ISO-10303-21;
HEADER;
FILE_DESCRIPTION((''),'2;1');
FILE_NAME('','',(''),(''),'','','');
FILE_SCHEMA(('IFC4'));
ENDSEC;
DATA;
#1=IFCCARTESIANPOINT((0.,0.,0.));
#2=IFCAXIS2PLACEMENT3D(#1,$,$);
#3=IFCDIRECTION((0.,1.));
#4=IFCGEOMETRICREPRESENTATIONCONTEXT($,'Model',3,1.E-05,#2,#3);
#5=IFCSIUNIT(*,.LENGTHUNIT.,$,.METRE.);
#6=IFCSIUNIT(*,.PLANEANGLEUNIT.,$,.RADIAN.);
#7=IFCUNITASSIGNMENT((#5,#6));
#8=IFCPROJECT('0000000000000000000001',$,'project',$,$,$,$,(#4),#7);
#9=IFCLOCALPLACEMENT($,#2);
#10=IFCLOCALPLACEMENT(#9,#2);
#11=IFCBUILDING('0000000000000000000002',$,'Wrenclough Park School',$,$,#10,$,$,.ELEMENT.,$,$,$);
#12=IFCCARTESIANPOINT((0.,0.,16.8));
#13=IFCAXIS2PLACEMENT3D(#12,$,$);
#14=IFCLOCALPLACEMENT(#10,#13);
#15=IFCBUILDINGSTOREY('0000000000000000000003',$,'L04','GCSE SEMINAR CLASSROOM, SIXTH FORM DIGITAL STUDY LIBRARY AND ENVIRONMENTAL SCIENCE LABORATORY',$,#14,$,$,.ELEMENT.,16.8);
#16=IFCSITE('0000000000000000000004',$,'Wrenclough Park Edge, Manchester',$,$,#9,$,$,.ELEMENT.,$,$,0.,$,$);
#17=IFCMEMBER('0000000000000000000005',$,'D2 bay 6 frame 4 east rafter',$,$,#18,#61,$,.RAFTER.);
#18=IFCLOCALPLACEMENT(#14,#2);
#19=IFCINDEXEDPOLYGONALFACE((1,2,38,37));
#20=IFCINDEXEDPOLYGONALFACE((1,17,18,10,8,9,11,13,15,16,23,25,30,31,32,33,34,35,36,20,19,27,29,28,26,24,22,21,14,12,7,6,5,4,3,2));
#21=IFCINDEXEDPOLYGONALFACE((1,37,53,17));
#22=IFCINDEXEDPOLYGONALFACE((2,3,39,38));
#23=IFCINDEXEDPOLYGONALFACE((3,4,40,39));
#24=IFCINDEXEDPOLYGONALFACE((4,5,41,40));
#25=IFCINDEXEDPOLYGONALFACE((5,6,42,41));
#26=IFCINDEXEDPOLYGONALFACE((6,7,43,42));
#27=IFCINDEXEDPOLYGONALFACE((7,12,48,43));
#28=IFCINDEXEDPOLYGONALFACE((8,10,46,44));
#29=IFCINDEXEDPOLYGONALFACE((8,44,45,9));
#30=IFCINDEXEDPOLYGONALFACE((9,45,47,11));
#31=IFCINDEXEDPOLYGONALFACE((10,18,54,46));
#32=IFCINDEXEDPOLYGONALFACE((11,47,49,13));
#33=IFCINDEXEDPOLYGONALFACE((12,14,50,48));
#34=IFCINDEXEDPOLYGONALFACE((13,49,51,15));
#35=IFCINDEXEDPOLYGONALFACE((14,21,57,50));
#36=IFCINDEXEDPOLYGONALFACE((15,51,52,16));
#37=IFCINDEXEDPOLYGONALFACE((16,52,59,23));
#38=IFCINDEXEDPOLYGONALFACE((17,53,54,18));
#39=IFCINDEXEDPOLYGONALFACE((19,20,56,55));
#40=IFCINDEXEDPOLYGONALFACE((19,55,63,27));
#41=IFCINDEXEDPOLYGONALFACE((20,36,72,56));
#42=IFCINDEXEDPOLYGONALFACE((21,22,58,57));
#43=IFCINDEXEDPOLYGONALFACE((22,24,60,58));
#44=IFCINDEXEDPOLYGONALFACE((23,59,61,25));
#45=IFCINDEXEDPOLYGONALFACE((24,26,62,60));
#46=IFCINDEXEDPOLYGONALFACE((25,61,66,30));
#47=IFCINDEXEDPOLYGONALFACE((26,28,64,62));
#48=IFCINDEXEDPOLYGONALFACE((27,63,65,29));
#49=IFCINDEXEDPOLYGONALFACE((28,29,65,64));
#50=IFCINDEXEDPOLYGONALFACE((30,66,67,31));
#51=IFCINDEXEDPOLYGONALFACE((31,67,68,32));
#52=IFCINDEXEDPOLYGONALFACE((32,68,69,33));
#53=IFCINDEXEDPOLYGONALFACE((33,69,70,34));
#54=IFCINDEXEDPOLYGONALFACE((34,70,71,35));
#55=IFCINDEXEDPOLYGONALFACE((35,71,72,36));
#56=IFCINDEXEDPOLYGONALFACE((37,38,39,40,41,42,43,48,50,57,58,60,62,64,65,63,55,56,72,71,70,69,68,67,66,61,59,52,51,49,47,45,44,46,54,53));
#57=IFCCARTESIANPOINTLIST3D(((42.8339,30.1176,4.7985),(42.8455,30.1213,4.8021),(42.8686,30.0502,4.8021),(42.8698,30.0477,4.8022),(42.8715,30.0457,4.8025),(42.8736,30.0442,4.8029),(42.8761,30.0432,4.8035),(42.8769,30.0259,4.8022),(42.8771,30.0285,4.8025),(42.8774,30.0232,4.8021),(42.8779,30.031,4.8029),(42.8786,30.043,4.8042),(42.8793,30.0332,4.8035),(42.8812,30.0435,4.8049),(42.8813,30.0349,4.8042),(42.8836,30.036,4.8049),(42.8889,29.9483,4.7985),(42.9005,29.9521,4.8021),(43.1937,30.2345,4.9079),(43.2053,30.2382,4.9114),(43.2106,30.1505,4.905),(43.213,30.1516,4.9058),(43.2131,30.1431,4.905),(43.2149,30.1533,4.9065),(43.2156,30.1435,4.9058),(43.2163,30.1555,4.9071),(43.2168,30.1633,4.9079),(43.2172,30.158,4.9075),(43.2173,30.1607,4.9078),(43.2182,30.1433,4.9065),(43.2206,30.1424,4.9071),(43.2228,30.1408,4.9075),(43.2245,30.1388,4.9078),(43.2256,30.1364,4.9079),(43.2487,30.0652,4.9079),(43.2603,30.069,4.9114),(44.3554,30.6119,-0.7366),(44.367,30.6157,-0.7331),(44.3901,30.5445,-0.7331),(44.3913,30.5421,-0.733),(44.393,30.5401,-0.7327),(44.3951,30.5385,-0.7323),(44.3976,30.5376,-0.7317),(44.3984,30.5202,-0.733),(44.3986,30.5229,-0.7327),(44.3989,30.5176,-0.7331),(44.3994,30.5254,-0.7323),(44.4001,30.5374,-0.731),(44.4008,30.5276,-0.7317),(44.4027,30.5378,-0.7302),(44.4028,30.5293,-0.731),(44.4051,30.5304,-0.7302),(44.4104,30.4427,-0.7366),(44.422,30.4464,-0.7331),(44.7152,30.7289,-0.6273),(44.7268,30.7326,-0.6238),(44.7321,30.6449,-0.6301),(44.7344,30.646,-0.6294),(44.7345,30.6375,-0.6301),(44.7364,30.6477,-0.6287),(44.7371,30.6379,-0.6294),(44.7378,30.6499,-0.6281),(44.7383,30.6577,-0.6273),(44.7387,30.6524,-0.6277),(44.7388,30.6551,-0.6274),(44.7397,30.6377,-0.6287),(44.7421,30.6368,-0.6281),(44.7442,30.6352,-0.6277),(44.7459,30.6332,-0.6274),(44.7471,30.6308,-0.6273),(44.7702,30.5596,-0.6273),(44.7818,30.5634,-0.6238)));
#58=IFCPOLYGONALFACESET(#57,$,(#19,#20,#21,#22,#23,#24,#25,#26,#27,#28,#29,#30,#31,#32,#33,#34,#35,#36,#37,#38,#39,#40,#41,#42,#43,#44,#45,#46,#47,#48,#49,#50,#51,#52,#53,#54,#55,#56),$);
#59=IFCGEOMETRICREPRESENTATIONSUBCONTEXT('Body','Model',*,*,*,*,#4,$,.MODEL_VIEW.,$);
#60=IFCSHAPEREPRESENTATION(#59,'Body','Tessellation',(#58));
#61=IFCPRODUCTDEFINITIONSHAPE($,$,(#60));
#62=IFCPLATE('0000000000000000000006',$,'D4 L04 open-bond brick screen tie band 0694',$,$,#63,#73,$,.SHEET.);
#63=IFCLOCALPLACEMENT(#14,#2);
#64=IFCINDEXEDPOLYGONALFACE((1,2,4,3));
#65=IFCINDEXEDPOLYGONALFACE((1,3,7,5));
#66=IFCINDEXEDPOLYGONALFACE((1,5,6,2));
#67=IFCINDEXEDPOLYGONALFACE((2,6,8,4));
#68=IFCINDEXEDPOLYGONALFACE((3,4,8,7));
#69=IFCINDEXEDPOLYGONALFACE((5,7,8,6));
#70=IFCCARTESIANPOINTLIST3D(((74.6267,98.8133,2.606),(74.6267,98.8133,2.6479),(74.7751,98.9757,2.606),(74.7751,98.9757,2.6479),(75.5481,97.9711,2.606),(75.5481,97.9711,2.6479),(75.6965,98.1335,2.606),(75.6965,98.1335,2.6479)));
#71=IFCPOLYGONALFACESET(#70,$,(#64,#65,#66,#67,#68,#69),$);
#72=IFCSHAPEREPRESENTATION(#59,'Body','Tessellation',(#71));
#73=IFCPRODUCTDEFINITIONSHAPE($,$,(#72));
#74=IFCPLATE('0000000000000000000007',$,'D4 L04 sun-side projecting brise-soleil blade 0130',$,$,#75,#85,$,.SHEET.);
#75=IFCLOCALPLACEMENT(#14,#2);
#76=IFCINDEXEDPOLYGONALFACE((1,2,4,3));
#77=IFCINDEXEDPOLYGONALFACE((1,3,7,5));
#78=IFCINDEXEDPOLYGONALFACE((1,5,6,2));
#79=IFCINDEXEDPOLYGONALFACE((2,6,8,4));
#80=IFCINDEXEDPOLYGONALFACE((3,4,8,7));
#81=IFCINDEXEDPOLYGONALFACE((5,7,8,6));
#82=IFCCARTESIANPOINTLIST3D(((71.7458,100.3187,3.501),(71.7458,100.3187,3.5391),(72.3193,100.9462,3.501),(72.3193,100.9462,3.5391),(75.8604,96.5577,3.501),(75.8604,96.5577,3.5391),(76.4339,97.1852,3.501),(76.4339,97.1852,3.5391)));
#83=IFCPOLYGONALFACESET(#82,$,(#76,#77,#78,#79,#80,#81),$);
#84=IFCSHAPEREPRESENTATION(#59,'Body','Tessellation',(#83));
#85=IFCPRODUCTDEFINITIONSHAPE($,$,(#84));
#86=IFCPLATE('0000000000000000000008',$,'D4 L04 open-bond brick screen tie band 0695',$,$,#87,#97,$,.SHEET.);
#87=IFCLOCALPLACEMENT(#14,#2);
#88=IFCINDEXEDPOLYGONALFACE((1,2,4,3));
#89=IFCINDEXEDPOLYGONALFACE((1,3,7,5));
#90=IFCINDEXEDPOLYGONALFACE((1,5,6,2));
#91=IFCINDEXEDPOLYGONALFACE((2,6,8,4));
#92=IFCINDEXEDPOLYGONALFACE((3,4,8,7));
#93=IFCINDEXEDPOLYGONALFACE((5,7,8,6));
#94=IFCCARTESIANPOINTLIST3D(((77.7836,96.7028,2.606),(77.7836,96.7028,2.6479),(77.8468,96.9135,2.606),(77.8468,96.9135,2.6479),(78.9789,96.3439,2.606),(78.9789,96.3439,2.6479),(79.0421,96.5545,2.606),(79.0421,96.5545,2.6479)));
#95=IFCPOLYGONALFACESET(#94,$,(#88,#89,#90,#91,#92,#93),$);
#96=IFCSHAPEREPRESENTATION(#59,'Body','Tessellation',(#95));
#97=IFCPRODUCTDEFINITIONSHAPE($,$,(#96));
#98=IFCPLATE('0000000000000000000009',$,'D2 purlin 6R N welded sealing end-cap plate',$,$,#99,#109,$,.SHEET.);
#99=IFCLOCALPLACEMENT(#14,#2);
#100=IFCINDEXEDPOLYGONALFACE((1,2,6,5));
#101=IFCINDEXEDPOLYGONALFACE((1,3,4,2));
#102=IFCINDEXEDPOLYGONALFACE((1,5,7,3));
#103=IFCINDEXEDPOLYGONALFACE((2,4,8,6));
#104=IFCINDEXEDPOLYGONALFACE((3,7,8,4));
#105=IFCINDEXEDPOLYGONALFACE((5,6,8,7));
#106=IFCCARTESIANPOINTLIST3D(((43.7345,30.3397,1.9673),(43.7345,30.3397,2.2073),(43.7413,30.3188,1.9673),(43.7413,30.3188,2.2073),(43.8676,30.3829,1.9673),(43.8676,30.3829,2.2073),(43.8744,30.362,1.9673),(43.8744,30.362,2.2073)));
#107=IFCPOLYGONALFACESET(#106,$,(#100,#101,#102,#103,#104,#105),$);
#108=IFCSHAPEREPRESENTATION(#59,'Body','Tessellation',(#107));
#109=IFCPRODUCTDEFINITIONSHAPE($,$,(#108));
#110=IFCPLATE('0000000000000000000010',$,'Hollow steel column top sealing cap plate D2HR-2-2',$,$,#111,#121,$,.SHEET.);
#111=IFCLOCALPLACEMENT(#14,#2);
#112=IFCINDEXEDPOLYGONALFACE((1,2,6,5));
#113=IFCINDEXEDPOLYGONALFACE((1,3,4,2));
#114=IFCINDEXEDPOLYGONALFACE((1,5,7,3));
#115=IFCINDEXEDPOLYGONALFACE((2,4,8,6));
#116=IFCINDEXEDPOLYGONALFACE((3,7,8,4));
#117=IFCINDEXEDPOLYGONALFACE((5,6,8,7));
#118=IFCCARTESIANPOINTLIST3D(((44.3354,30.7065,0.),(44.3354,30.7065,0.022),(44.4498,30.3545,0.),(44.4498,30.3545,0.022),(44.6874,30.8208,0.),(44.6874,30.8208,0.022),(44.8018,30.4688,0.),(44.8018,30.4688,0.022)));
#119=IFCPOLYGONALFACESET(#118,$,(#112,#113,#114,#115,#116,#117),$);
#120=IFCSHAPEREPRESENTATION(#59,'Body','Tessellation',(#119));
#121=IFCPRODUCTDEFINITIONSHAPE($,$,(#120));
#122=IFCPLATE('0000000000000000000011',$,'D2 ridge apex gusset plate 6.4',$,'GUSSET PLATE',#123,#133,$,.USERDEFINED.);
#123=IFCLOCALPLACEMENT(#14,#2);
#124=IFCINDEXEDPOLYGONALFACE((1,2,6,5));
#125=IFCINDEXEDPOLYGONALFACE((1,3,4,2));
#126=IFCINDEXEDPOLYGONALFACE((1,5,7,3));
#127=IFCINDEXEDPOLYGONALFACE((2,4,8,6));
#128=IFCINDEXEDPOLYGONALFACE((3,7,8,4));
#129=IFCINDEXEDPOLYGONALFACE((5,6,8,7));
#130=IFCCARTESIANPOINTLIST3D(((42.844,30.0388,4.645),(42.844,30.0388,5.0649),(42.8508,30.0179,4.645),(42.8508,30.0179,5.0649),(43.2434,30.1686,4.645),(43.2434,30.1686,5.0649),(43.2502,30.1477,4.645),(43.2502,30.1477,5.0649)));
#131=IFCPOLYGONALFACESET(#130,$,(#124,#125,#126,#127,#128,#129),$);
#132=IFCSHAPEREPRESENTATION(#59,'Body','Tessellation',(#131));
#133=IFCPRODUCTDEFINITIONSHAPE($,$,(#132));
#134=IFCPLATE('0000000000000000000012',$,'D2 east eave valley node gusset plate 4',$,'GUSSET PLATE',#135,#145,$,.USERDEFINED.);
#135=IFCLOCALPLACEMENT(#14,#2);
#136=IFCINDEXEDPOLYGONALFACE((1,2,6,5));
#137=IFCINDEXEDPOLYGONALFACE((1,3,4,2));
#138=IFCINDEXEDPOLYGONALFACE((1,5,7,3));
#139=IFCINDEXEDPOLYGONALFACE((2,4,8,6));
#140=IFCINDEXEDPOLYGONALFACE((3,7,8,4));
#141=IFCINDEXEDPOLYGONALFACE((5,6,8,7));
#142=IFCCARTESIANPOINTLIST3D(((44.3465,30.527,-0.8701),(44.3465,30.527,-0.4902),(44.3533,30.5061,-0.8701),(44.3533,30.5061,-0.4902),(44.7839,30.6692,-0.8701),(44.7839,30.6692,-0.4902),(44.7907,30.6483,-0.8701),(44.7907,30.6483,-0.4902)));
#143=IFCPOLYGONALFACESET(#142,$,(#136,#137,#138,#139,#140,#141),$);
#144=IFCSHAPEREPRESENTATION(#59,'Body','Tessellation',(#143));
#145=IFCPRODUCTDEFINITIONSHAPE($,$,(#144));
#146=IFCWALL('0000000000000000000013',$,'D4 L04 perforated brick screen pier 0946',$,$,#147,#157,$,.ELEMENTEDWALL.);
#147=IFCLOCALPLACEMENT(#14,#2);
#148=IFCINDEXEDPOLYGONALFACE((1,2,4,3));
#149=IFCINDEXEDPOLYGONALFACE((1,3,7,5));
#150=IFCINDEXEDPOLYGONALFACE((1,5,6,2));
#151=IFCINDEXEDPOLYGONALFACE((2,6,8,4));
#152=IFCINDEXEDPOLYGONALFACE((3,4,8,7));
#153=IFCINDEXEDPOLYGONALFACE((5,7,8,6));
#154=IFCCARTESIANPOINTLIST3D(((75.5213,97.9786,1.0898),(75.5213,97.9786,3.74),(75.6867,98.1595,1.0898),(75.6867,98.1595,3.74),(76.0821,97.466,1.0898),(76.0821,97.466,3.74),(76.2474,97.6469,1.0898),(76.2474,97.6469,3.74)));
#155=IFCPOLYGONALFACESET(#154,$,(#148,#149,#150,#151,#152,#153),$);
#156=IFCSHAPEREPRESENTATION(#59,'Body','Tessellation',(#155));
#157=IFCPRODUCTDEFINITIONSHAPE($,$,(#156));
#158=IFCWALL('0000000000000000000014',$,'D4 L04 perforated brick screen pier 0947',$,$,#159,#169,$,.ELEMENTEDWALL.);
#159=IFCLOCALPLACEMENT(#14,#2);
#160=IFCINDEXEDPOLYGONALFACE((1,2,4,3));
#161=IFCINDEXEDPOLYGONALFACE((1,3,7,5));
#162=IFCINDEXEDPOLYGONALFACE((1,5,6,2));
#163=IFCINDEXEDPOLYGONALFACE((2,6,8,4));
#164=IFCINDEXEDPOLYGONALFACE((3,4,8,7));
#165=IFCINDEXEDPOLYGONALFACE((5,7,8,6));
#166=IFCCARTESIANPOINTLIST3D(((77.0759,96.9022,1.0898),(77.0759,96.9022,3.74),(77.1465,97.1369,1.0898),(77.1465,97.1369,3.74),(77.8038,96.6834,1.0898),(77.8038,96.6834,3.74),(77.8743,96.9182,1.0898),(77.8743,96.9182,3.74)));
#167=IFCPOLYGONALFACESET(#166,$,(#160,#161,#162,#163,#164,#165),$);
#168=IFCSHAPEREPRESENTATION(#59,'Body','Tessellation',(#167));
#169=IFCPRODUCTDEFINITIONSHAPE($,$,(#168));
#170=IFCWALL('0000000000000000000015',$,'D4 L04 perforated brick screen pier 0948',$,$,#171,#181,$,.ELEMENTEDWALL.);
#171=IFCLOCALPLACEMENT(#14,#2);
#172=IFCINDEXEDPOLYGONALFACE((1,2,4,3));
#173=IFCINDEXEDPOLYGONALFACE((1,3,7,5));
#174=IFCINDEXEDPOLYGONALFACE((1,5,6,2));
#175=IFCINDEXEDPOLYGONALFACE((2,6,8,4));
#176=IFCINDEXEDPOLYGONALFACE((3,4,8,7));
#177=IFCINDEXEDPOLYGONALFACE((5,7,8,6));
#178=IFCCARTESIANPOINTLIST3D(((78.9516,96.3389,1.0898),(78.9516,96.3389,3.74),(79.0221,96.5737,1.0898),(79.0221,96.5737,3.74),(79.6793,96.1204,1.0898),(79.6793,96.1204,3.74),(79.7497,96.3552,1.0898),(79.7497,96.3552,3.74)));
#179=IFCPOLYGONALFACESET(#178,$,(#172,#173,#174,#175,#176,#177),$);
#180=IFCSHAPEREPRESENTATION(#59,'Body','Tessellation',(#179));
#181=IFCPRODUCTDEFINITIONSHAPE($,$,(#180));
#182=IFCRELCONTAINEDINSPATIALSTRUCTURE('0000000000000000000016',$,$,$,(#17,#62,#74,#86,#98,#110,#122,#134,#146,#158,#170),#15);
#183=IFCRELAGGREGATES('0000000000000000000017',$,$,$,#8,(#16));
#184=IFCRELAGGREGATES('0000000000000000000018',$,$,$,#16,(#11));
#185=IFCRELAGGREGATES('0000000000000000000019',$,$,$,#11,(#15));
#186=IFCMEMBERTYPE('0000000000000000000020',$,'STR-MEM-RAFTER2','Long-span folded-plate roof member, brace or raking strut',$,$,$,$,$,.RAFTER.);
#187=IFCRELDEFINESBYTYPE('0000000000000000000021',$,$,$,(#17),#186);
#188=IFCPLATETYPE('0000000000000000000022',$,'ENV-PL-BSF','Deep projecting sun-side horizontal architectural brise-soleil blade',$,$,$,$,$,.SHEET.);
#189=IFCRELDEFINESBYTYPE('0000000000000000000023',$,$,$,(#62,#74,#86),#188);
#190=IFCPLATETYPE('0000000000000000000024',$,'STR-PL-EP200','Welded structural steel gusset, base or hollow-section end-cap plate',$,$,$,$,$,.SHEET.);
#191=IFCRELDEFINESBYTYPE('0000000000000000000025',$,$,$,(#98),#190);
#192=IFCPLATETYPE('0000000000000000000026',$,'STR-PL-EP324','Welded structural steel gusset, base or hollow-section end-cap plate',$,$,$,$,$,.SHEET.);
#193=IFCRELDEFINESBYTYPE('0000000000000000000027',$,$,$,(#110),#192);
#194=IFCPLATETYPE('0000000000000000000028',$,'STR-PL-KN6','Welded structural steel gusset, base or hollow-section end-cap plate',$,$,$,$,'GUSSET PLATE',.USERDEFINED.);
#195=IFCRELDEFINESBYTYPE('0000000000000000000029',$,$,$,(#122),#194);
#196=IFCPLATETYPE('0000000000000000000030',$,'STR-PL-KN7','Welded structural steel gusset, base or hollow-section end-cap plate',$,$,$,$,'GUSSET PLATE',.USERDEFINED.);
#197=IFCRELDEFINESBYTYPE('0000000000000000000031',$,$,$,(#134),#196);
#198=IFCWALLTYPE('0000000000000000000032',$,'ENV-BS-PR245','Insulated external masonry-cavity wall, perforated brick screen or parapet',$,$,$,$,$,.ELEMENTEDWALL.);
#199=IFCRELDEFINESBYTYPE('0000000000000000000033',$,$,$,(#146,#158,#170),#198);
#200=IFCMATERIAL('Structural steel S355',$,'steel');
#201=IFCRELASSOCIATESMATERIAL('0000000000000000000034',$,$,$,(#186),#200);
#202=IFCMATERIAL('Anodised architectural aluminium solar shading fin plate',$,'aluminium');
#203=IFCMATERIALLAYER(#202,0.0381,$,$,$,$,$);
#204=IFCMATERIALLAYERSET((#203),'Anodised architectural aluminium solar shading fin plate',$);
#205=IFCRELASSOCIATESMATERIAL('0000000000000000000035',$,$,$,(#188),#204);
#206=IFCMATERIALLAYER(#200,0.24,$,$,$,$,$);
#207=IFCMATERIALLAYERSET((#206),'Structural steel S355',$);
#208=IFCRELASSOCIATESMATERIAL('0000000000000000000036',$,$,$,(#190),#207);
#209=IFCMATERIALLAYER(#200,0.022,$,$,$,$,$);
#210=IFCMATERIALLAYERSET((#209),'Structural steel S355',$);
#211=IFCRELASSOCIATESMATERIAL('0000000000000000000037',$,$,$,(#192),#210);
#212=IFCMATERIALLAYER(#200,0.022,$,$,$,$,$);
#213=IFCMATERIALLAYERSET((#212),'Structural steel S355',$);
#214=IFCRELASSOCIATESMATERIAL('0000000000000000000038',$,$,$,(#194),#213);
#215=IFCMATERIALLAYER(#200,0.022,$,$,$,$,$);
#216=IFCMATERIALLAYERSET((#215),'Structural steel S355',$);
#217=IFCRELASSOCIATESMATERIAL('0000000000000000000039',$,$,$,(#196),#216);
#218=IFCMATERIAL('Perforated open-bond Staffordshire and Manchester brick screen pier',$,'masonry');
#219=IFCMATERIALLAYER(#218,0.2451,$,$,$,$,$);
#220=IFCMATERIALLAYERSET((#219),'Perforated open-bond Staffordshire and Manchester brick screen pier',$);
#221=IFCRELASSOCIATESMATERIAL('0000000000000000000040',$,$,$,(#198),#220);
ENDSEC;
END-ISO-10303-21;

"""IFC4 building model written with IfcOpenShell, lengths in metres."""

from ifc_helpers import new_model, si_unit, direction, frame, frame_2d, origin, origin_2d, place, context, subcontext, project, spatial, rectangle, i_section, extrude, material, layer, layer_set, material_profile, profile_set, type_object, element, save


model = new_model("IFC4")

# Units and contexts
model_context = context("Model", 3, precision=1e-05, world=origin(), true_north=direction((0.0, 1.0)))
body_context = subcontext(model_context, "Body", "Model", "MODEL_VIEW")
ifc_project = project(units=[si_unit("LENGTHUNIT", "METRE"), si_unit("PLANEANGLEUNIT", "RADIAN")], contexts=[model_context])

# Site, building, storey
site_placement = place(None, origin())
site = spatial("IfcSite", under=ifc_project, at=site_placement, Name="Wrenclough Park Edge, Manchester", CompositionType="ELEMENT", RefElevation=0.0)
building_placement = place(site_placement, origin())
building = spatial("IfcBuilding", under=site, at=building_placement, Name="Wrenclough Park School", CompositionType="ELEMENT")
storey_placement = place(building_placement, frame((0.0, 0.0, 16.8)))
storey = spatial("IfcBuildingStorey", under=building, at=storey_placement, Name="L04", Description="GCSE SEMINAR CLASSROOM, SIXTH FORM DIGITAL STUDY LIBRARY AND ENVIRONMENTAL SCIENCE LABORATORY", CompositionType="ELEMENT", Elevation=16.8)

# Shared definitions
ifc_material_1 = material(Name="Structural steel S355", Category="steel")

# Member
ifc_material_profile_1 = material_profile(ifc_material_1, i_section(OverallWidth=0.178, OverallDepth=0.4065, WebThickness=0.0078, FlangeThickness=0.0127, FilletRadius=0.0103, at=origin_2d()), Name="UKB 406x178x60")
ifc_profile_set_1 = profile_set([ifc_material_profile_1], Name="Structural steel S355")
member_type_1 = type_object("IfcMemberType", Name="STR-MEM-RAFTER2", Description="Long-span folded-plate roof member, brace or raking strut", PredefinedType="RAFTER", material=ifc_profile_set_1)
member_1_placement = place(storey_placement, frame((43.0471, 30.0933, 4.855), z_axis=(0.264068, 0.085805, -0.96068), x_axis=(-0.309031, 0.951052, 0.0)))
element("IfcMember", 1, at=member_1_placement, inside=storey, type_object=member_type_1, Name="D2 bay 6 frame 4 east rafter", PredefinedType="RAFTER", context=body_context, shape_type="SweptSolid", body=[
    extrude(i_section(OverallWidth=0.178, OverallDepth=0.4065, WebThickness=0.0078, FlangeThickness=0.0127, FilletRadius=0.0103, at=origin_2d()), origin(), (0.0, 0.0, 1.0), 5.7617),
])

# Plates
ifc_material_2 = material(Name="Anodised architectural aluminium solar shading fin plate", Category="aluminium")
ifc_layer_1 = layer(ifc_material_2, 0.0381)
ifc_layer_set_1 = layer_set([ifc_layer_1], Name="Anodised architectural aluminium solar shading fin plate")
plate_type_1 = type_object("IfcPlateType", Name="ENV-PL-BSF", Description="Deep projecting sun-side horizontal architectural brise-soleil blade", PredefinedType="SHEET", material=ifc_layer_set_1)
plate_1_placement = place(storey_placement, frame((75.1616, 98.4734, 2.606), z_axis=(0.0, 0.0, 1.0), x_axis=(0.738116, -0.674673, 0.0)))
element("IfcPlate", 2, at=plate_1_placement, inside=storey, type_object=plate_type_1, Name="D4 L04 open-bond brick screen tie band 0694", PredefinedType="SHEET", context=body_context, shape_type="SweptSolid", body=[
    extrude(rectangle(XDim=1.2483, YDim=0.22, at=origin_2d()), origin(), (0.0, 0.0, 1.0), 0.042),
])
plate_2_placement = place(storey_placement, frame((74.0898, 98.752, 3.501), z_axis=(0.0, 0.0, 1.0), x_axis=(0.738116, -0.674673, 0.0)))
element("IfcPlate", 3, at=plate_2_placement, inside=storey, type_object=plate_type_1, Name="D4 L04 sun-side projecting brise-soleil blade 0130", PredefinedType="SHEET", context=body_context, shape_type="SweptSolid", body=[
    extrude(rectangle(XDim=5.5745, YDim=0.8501, at=origin_2d()), origin(), (0.0, 0.0, 1.0), 0.0381),
])
plate_3_placement = place(storey_placement, frame((78.4128, 96.6287, 2.606), z_axis=(0.0, 0.0, 1.0), x_axis=(0.957751, -0.287599, 0.0)))
element("IfcPlate", 4, at=plate_3_placement, inside=storey, type_object=plate_type_1, Name="D4 L04 open-bond brick screen tie band 0695", PredefinedType="SHEET", context=body_context, shape_type="SweptSolid", body=[
    extrude(rectangle(XDim=1.248, YDim=0.22, at=origin_2d()), origin(), (0.0, 0.0, 1.0), 0.042),
])
ifc_layer_2 = layer(ifc_material_1, 0.24)
ifc_layer_set_2 = layer_set([ifc_layer_2], Name="Structural steel S355")
plate_type_2 = type_object("IfcPlateType", Name="STR-PL-EP200", Description="Welded structural steel gusset, base or hollow-section end-cap plate", PredefinedType="SHEET", material=ifc_layer_set_2)
plate_4_placement = place(storey_placement, frame((43.8044, 30.3508, 1.9673), z_axis=(0.0, 0.0, 1.0), x_axis=(-0.309017, 0.951057, 0.0)))
element("IfcPlate", 5, at=plate_4_placement, inside=storey, type_object=plate_type_2, Name="D2 purlin 6R N welded sealing end-cap plate", PredefinedType="SHEET", context=body_context, shape_type="SweptSolid", body=[
    extrude(rectangle(XDim=0.022, YDim=0.1399, at=origin_2d()), origin(), (0.0, 0.0, 1.0), 0.24),
])
ifc_layer_3 = layer(ifc_material_1, 0.022)
ifc_layer_set_3 = layer_set([ifc_layer_3], Name="Structural steel S355")
plate_type_3 = type_object("IfcPlateType", Name="STR-PL-EP324", Description="Welded structural steel gusset, base or hollow-section end-cap plate", PredefinedType="SHEET", material=ifc_layer_set_3)
plate_5_placement = place(storey_placement, frame((44.5686, 30.5876, 0.0), z_axis=(0.0, 0.0, 1.0), x_axis=(0.951057, 0.309017, 0.0)))
element("IfcPlate", 6, at=plate_5_placement, inside=storey, type_object=plate_type_3, Name="Hollow steel column top sealing cap plate D2HR-2-2", PredefinedType="SHEET", context=body_context, shape_type="SweptSolid", body=[
    extrude(rectangle(XDim=0.3701, YDim=0.3701, at=origin_2d()), origin(), (0.0, 0.0, 1.0), 0.022),
])
ifc_layer_4 = layer(ifc_material_1, 0.022)
ifc_layer_set_4 = layer_set([ifc_layer_4], Name="Structural steel S355")
plate_type_4 = type_object("IfcPlateType", Name="STR-PL-KN6", Description="Welded structural steel gusset, base or hollow-section end-cap plate", ElementType="GUSSET PLATE", PredefinedType="USERDEFINED", material=ifc_layer_set_4)
plate_6_placement = place(storey_placement, frame((43.0471, 30.0933, 4.645), z_axis=(0.0, 0.0, 1.0), x_axis=(0.951057, 0.309017, 0.0)))
element("IfcPlate", 7, at=plate_6_placement, inside=storey, type_object=plate_type_4, Name="D2 ridge apex gusset plate 6.4", ObjectType="GUSSET PLATE", PredefinedType="USERDEFINED", context=body_context, shape_type="SweptSolid", body=[
    extrude(rectangle(XDim=0.4199, YDim=0.022, at=origin_2d()), origin(), (0.0, 0.0, 1.0), 0.4199),
])
ifc_layer_5 = layer(ifc_material_1, 0.022)
ifc_layer_set_5 = layer_set([ifc_layer_5], Name="Structural steel S355")
plate_type_5 = type_object("IfcPlateType", Name="STR-PL-KN7", Description="Welded structural steel gusset, base or hollow-section end-cap plate", ElementType="GUSSET PLATE", PredefinedType="USERDEFINED", material=ifc_layer_set_5)
plate_7_placement = place(storey_placement, frame((44.5686, 30.5876, -0.8701), z_axis=(0.0, 0.0, 1.0), x_axis=(0.951057, 0.309017, 0.0)))
element("IfcPlate", 8, at=plate_7_placement, inside=storey, type_object=plate_type_5, Name="D2 east eave valley node gusset plate 4", ObjectType="GUSSET PLATE", PredefinedType="USERDEFINED", context=body_context, shape_type="SweptSolid", body=[
    extrude(rectangle(XDim=0.46, YDim=0.022, at=origin_2d()), origin(), (0.0, 0.0, 1.0), 0.3799),
])

# Walls
ifc_material_3 = material(Name="Perforated open-bond Staffordshire and Manchester brick screen pier", Category="masonry")
ifc_layer_6 = layer(ifc_material_3, 0.2451)
ifc_layer_set_6 = layer_set([ifc_layer_6], Name="Perforated open-bond Staffordshire and Manchester brick screen pier")
wall_type_1 = type_object("IfcWallType", Name="ENV-BS-PR245", Description="Insulated external masonry-cavity wall, perforated brick screen or parapet", PredefinedType="ELEMENTEDWALL", material=ifc_layer_set_6)
wall_1_placement = place(storey_placement, frame((75.604, 98.0691, 1.0898), z_axis=(0.0, 0.0, 1.0), x_axis=(0.738047, -0.674749, 0.0)))
element("IfcWall", 9, at=wall_1_placement, inside=storey, type_object=wall_type_1, Name="D4 L04 perforated brick screen pier 0946", PredefinedType="ELEMENTEDWALL", context=body_context, shape_type="SweptSolid", body=[
    extrude(rectangle(XDim=0.7598, YDim=0.2451, at=frame_2d((0.3799, 0.0))), origin(), (0.0, 0.0, 1.0), 2.6501),
])
wall_2_placement = place(storey_placement, frame((77.1113, 97.0195, 1.0898), z_axis=(0.0, 0.0, 1.0), x_axis=(0.957676, -0.287849, 0.0)))
element("IfcWall", 10, at=wall_2_placement, inside=storey, type_object=wall_type_1, Name="D4 L04 perforated brick screen pier 0947", PredefinedType="ELEMENTEDWALL", context=body_context, shape_type="SweptSolid", body=[
    extrude(rectangle(XDim=0.76, YDim=0.2451, at=frame_2d((0.3799, 0.0))), origin(), (0.0, 0.0, 1.0), 2.6501),
])
wall_3_placement = place(storey_placement, frame((78.9868, 96.4563, 1.0898), z_axis=(0.0, 0.0, 1.0), x_axis=(0.957764, -0.287554, 0.0)))
element("IfcWall", 11, at=wall_3_placement, inside=storey, type_object=wall_type_1, Name="D4 L04 perforated brick screen pier 0948", PredefinedType="ELEMENTEDWALL", context=body_context, shape_type="SweptSolid", body=[
    extrude(rectangle(XDim=0.7598, YDim=0.2451, at=frame_2d((0.3799, 0.0))), origin(), (0.0, 0.0, 1.0), 2.6501),
])

save(model, "model.ifc")
